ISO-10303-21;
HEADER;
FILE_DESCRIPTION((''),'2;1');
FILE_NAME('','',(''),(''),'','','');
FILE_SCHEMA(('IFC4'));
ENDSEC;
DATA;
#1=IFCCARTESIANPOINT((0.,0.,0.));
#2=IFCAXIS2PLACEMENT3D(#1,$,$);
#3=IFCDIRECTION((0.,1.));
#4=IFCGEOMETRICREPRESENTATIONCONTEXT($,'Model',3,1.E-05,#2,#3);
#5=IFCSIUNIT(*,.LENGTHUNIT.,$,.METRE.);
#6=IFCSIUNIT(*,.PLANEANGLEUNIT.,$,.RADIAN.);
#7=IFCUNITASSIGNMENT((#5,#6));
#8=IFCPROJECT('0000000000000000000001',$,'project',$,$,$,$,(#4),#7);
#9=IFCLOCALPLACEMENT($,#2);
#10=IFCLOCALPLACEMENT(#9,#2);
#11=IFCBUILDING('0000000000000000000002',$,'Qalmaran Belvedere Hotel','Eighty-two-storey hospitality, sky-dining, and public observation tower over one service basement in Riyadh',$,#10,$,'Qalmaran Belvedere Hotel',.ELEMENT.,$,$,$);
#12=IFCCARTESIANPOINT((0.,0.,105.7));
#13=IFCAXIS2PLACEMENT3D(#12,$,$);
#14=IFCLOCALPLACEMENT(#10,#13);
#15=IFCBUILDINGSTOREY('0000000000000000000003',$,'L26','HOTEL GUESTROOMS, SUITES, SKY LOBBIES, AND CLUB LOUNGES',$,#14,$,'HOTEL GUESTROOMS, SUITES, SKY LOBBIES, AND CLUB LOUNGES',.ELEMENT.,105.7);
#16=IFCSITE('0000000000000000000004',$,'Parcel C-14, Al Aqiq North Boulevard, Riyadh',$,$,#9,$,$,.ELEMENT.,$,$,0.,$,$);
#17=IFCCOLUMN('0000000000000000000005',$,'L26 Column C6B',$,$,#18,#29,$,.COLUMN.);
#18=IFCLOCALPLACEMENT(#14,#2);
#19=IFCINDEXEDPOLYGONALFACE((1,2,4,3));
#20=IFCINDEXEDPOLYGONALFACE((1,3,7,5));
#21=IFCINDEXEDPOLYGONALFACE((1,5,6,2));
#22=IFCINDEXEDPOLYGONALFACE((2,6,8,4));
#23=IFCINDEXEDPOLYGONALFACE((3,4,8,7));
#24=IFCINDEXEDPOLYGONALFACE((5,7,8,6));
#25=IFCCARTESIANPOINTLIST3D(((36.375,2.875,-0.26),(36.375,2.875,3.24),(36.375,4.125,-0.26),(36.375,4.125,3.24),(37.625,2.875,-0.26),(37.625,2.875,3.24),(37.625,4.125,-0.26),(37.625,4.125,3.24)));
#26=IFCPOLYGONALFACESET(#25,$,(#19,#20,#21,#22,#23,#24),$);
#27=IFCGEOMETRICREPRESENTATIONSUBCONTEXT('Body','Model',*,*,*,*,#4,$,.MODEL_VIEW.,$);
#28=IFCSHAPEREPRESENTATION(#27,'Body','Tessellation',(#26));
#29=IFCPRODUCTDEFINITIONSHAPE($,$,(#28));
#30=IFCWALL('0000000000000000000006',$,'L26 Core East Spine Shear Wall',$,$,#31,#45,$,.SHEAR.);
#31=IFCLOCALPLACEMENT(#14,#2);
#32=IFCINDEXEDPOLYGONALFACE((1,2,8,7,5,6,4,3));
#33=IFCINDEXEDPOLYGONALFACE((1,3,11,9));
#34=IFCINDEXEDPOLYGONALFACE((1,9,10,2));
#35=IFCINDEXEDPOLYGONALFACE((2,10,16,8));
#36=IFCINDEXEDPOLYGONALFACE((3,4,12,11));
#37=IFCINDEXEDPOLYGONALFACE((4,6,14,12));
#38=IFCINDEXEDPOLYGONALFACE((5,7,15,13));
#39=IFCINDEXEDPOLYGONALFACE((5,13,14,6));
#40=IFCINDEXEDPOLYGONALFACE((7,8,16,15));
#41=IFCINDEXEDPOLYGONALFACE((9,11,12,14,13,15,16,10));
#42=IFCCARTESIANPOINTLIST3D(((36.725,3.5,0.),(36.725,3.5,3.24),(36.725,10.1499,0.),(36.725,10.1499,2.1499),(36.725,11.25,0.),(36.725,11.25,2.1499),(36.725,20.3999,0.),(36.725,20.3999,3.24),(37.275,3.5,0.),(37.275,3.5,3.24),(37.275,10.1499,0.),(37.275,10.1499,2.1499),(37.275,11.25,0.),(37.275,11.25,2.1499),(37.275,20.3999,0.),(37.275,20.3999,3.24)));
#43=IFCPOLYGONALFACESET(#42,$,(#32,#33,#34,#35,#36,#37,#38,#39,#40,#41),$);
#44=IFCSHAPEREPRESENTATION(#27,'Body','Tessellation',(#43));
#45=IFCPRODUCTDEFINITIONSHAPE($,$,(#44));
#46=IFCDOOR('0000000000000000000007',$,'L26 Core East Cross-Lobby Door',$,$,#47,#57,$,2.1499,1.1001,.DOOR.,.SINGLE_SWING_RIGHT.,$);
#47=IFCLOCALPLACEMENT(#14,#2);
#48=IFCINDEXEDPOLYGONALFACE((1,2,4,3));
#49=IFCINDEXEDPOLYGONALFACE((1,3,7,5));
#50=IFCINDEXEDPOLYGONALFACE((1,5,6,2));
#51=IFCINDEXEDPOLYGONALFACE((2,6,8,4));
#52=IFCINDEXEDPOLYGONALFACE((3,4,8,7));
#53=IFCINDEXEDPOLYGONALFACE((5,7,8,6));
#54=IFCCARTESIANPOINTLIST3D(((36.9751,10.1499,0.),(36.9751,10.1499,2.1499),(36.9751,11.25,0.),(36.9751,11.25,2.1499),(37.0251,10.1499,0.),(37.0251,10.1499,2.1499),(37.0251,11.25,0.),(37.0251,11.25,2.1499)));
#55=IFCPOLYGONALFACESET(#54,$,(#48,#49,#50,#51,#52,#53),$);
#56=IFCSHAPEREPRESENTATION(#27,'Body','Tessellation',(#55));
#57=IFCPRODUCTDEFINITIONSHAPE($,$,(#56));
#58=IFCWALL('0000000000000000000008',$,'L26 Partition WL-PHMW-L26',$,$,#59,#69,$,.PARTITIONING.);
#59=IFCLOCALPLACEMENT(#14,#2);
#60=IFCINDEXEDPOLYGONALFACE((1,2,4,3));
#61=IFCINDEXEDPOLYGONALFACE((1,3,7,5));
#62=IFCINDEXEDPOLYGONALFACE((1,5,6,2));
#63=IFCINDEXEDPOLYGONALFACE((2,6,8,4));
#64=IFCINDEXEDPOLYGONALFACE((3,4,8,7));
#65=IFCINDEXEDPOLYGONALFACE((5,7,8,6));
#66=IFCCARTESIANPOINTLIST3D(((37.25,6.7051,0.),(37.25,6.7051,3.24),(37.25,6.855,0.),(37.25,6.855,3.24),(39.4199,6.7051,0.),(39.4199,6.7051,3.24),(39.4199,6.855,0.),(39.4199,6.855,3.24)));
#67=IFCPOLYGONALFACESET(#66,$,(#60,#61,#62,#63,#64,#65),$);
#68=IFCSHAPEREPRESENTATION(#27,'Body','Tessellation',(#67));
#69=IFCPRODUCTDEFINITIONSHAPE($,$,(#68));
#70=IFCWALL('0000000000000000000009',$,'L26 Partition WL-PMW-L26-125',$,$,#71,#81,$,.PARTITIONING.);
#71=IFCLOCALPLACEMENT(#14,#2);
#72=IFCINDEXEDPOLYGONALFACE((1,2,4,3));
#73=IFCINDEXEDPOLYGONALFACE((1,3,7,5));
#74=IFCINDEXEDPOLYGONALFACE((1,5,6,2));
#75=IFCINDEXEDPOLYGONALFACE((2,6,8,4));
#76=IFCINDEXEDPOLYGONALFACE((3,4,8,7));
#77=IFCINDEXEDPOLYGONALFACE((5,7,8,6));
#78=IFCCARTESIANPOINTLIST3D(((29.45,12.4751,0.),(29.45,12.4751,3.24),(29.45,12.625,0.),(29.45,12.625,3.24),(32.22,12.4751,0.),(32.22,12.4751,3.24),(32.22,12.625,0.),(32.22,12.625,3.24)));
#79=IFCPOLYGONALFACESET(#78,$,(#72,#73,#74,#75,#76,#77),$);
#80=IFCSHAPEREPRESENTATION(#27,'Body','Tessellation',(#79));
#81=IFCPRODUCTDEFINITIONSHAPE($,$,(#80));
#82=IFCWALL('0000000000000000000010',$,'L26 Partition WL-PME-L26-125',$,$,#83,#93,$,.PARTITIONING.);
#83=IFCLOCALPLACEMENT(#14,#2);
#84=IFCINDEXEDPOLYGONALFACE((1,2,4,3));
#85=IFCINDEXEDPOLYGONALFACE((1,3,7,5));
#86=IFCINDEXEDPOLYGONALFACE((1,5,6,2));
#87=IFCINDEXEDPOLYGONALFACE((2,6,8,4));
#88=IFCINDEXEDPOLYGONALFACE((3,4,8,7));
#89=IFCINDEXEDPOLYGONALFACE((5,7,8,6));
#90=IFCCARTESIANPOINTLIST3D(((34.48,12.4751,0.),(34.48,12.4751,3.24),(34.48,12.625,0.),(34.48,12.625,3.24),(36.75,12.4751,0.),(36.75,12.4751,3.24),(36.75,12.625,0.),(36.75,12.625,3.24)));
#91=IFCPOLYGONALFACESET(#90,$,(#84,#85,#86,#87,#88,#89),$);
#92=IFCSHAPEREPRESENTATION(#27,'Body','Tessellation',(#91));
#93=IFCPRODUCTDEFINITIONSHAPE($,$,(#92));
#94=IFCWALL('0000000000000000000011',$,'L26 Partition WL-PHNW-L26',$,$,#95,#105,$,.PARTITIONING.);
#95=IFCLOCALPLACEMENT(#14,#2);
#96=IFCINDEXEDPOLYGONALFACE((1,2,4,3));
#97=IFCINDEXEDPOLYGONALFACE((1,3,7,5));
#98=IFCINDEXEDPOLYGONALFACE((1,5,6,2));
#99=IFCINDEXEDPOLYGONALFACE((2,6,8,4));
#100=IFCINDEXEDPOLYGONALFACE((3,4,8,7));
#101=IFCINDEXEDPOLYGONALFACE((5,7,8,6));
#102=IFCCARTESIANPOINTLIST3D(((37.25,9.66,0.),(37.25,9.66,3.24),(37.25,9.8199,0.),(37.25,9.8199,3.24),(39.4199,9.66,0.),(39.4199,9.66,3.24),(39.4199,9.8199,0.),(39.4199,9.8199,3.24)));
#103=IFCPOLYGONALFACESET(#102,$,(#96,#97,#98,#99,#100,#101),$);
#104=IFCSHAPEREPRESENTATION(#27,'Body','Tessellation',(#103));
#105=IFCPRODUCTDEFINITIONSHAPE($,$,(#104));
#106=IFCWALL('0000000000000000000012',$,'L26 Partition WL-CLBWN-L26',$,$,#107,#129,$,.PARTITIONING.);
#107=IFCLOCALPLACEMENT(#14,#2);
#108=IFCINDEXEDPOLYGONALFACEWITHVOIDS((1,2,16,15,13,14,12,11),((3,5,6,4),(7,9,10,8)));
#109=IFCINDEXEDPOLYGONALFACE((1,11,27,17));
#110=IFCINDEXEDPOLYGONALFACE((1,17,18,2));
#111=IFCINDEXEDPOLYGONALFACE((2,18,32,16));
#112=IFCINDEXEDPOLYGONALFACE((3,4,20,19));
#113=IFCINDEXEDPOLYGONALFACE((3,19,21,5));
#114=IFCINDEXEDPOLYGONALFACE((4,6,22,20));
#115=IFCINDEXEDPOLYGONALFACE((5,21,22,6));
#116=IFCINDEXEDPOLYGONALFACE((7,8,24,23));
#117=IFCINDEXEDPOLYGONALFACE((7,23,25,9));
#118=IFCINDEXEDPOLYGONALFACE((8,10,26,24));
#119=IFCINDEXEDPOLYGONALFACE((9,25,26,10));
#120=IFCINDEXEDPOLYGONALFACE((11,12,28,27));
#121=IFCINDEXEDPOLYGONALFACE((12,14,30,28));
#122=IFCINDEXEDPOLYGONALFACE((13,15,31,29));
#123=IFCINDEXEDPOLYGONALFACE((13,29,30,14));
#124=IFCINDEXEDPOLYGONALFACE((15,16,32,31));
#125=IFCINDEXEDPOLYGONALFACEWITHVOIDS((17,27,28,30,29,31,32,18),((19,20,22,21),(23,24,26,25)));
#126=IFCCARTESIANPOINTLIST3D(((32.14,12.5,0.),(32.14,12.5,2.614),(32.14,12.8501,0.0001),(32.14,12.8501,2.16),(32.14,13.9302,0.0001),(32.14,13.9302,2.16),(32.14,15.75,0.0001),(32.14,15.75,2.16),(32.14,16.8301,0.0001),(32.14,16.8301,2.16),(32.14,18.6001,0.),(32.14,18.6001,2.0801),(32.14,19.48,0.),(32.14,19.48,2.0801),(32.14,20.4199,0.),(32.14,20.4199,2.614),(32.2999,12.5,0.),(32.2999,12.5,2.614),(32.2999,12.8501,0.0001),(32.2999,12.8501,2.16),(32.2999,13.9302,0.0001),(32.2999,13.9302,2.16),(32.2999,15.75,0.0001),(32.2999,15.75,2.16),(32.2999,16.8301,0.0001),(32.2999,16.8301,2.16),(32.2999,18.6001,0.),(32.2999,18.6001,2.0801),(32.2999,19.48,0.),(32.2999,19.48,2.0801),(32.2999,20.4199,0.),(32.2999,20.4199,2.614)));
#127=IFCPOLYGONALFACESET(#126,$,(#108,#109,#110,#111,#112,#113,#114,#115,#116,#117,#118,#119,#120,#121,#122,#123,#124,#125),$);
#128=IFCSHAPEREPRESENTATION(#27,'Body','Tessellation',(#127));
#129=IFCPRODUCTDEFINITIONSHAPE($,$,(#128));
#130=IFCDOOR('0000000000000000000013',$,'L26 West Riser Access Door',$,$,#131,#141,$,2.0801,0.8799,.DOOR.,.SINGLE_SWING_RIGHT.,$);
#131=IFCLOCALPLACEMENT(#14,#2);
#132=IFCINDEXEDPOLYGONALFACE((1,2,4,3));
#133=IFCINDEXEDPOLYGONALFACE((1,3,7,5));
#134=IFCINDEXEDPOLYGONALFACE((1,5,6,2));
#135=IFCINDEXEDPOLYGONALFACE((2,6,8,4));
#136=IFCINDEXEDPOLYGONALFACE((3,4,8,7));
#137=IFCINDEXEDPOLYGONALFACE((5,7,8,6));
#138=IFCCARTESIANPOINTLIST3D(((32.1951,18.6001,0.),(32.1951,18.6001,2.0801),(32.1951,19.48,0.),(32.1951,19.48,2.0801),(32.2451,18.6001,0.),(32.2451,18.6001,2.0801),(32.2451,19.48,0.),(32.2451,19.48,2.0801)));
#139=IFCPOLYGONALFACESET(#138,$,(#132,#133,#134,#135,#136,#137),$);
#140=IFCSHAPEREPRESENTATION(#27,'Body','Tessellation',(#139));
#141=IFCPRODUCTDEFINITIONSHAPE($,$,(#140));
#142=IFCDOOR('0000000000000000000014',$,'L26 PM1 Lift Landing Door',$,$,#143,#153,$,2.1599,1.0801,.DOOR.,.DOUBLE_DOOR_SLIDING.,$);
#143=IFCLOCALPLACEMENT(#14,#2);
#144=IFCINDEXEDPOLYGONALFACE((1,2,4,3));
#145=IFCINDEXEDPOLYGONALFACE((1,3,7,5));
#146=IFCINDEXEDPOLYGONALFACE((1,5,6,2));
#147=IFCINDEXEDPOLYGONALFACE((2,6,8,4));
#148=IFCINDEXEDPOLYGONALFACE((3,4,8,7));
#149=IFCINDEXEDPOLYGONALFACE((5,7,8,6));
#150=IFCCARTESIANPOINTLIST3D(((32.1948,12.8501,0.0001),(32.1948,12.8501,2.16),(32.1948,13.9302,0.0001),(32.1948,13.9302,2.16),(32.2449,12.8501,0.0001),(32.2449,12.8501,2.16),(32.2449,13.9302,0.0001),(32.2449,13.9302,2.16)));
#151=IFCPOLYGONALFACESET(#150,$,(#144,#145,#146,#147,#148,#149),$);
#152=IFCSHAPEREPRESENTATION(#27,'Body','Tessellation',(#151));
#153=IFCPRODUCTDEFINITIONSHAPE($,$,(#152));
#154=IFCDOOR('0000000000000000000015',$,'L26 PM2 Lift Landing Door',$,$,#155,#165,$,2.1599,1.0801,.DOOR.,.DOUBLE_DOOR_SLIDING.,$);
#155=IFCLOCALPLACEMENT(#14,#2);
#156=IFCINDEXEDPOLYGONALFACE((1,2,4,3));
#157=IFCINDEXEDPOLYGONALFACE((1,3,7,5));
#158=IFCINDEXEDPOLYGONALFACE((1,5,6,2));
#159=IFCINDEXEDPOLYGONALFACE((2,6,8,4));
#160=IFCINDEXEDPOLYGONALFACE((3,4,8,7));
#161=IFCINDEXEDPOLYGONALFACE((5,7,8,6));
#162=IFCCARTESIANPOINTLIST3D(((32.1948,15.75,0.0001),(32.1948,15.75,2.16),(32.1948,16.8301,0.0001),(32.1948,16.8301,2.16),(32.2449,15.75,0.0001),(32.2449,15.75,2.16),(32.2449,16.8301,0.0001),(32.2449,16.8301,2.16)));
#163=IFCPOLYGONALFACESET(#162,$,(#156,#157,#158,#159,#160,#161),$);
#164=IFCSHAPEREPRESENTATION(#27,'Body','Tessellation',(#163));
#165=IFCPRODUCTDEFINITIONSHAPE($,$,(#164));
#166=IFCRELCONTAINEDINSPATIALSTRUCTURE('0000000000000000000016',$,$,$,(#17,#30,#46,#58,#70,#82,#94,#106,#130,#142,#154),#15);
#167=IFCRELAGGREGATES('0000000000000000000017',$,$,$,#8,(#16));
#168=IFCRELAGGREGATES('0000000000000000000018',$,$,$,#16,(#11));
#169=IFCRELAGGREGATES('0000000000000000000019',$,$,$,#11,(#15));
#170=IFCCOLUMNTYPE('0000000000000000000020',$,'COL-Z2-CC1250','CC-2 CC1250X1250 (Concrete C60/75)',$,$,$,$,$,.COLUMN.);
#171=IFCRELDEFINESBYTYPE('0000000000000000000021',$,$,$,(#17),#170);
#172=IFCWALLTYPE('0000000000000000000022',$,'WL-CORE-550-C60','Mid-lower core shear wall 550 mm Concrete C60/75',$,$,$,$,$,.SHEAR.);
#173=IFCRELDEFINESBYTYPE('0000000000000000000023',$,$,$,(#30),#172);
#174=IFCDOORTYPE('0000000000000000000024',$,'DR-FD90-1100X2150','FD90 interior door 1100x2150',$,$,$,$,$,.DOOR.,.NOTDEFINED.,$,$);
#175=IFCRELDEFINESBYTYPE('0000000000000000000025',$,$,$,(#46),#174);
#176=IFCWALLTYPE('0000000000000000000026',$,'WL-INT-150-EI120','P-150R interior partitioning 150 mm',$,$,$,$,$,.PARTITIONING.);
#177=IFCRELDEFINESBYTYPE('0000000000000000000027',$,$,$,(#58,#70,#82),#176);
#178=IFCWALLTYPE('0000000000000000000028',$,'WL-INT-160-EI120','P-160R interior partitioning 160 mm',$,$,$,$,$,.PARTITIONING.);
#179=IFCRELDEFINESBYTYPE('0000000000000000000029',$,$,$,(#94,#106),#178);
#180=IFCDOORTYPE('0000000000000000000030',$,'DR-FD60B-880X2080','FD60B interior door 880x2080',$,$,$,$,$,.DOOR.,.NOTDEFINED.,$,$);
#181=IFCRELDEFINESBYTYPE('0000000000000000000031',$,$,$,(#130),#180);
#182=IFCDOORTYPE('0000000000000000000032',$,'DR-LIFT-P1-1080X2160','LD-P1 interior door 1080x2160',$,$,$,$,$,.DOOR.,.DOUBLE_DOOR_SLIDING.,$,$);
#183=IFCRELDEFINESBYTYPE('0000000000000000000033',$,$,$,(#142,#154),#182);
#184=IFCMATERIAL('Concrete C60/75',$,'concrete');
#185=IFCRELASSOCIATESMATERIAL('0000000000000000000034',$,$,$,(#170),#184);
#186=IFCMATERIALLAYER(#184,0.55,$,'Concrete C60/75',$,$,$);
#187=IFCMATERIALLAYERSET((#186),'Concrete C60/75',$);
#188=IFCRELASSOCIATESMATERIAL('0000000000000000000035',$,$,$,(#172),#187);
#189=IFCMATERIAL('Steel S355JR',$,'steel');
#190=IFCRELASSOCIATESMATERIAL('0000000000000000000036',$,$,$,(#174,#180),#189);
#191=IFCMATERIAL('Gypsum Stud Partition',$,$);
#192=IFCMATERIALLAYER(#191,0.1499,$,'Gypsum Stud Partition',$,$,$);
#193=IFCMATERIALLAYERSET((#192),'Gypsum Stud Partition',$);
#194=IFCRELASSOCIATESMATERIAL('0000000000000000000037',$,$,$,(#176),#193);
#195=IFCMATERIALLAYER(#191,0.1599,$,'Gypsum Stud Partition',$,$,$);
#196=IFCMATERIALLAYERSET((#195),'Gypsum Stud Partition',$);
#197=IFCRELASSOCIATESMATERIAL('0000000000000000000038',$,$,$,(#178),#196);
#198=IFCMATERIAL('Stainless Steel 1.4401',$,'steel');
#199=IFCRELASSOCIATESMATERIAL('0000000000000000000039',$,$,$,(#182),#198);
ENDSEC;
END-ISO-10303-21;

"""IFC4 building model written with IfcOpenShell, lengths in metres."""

from ifc_helpers import new_model, si_unit, direction, frame, frame_2d, origin, origin_2d, place, context, subcontext, project, spatial, rectangle, extrude, material, layer, layer_set, material_profile, profile_set, type_object, element, fill, save


model = new_model("IFC4")

# Units and contexts
model_context = context("Model", 3, precision=1e-05, world=origin(), true_north=direction((0.0, 1.0)))
body_context = subcontext(model_context, "Body", "Model", "MODEL_VIEW")
ifc_project = project(units=[si_unit("LENGTHUNIT", "METRE"), si_unit("PLANEANGLEUNIT", "RADIAN")], contexts=[model_context])

# Site, building, storey
site_placement = place(None, origin())
site = spatial("IfcSite", under=ifc_project, at=site_placement, Name="Parcel C-14, Al Aqiq North Boulevard, Riyadh", CompositionType="ELEMENT", RefElevation=0.0)
building_placement = place(site_placement, origin())
building = spatial("IfcBuilding", under=site, at=building_placement, Name="Qalmaran Belvedere Hotel", Description="Eighty-two-storey hospitality, sky-dining, and public observation tower over one service basement in Riyadh", LongName="Qalmaran Belvedere Hotel", CompositionType="ELEMENT")
storey_placement = place(building_placement, frame((0.0, 0.0, 105.7)))
storey = spatial("IfcBuildingStorey", under=building, at=storey_placement, Name="L26", Description="HOTEL GUESTROOMS, SUITES, SKY LOBBIES, AND CLUB LOUNGES", LongName="HOTEL GUESTROOMS, SUITES, SKY LOBBIES, AND CLUB LOUNGES", CompositionType="ELEMENT", Elevation=105.7)

# Column
ifc_material_1 = material(Name="Concrete C60/75", Category="concrete")
ifc_material_profile = material_profile(ifc_material_1, rectangle(XDim=1.25, YDim=1.25, at=origin_2d()), Name="CC1250X1250")
ifc_profile_set = profile_set([ifc_material_profile], Name="Concrete C60/75")
column_type = type_object("IfcColumnType", Name="COL-Z2-CC1250", Description="CC-2 CC1250X1250 (Concrete C60/75)", PredefinedType="COLUMN", material=ifc_profile_set)
column_placement = place(storey_placement, frame((37.0, 3.5, -0.26), z_axis=(0.0, 0.0, 1.0), x_axis=(1.0, 0.0, 0.0)))
element("IfcColumn", 1, at=column_placement, inside=storey, type_object=column_type, Name="L26 Column C6B", PredefinedType="COLUMN", context=body_context, shape_type="SweptSolid", body=[
    extrude(rectangle(XDim=1.25, YDim=1.25, at=origin_2d()), origin(), (0.0, 0.0, 1.0), 3.5),
])

# Wall, opening, door
ifc_layer_1 = layer(ifc_material_1, 0.55, Name="Concrete C60/75")
ifc_layer_set_1 = layer_set([ifc_layer_1], Name="Concrete C60/75")
wall_type_1 = type_object("IfcWallType", Name="WL-CORE-550-C60", Description="Mid-lower core shear wall 550 mm Concrete C60/75", PredefinedType="SHEAR", material=ifc_layer_set_1)
wall_1_placement = place(storey_placement, frame((37.0, 3.5, 0.0), z_axis=(0.0, 0.0, 1.0), x_axis=(0.0, 1.0, 0.0)))
wall_1 = element("IfcWall", 2, at=wall_1_placement, inside=storey, type_object=wall_type_1, Name="L26 Core East Spine Shear Wall", PredefinedType="SHEAR", context=body_context, shape_type="SweptSolid", body=[
    extrude(rectangle(XDim=16.8999, YDim=0.55, at=frame_2d((8.45, 0.0))), origin(), (0.0, 0.0, 1.0), 3.24),
])
opening_1_placement = place(wall_1_placement, frame((6.6499, 0.0, 0.0)))
opening_1 = element("IfcOpeningElement", 3, at=opening_1_placement, cuts=wall_1, PredefinedType="OPENING", context=body_context, shape_type="SweptSolid", body=[
    extrude(rectangle(XDim=1.1001, YDim=2.1499, at=frame_2d((0.55, 1.075))), frame((0.0, 0.2852, 0.0), z_axis=(0.0, -1.0, 0.0), x_axis=(1.0, 0.0, 0.0)), (0.0, 0.0, 1.0), 0.5701),
])
ifc_material_2 = material(Name="Steel S355JR", Category="steel")
door_type_1 = type_object("IfcDoorType", Name="DR-FD90-1100X2150", Description="FD90 interior door 1100x2150", OperationType="NOTDEFINED", PredefinedType="DOOR", material=ifc_material_2)
door_1_placement = place(opening_1_placement, origin())
door_1 = element("IfcDoor", 4, at=door_1_placement, inside=storey, type_object=door_type_1, Name="L26 Core East Cross-Lobby Door", OperationType="SINGLE_SWING_RIGHT", OverallHeight=2.1499, OverallWidth=1.1001, PredefinedType="DOOR", context=body_context, shape_type="SweptSolid", body=[
    extrude(rectangle(XDim=1.1001, YDim=2.1499, at=frame_2d((0.55, 1.075))), frame((0.0, 0.0249, 0.0), z_axis=(0.0, -1.0, 0.0), x_axis=(1.0, 0.0, 0.0)), (0.0, 0.0, 1.0), 0.05),
])
fill(opening_1, door_1)

# Walls
ifc_material_3 = material(Name="Gypsum Stud Partition")
ifc_layer_2 = layer(ifc_material_3, 0.1499, Name="Gypsum Stud Partition")
ifc_layer_set_2 = layer_set([ifc_layer_2], Name="Gypsum Stud Partition")
wall_type_2 = type_object("IfcWallType", Name="WL-INT-150-EI120", Description="P-150R interior partitioning 150 mm", PredefinedType="PARTITIONING", material=ifc_layer_set_2)
wall_2_placement = place(storey_placement, frame((37.25, 6.78, 0.0), z_axis=(0.0, 0.0, 1.0), x_axis=(1.0, 0.0, 0.0)))
element("IfcWall", 5, at=wall_2_placement, inside=storey, type_object=wall_type_2, Name="L26 Partition WL-PHMW-L26", PredefinedType="PARTITIONING", context=body_context, shape_type="SweptSolid", body=[
    extrude(rectangle(XDim=2.1699, YDim=0.1499, at=frame_2d((1.085, 0.0))), origin(), (0.0, 0.0, 1.0), 3.24),
])
wall_3_placement = place(storey_placement, frame((29.45, 12.55, 0.0), z_axis=(0.0, 0.0, 1.0), x_axis=(1.0, 0.0, 0.0)))
element("IfcWall", 6, at=wall_3_placement, inside=storey, type_object=wall_type_2, Name="L26 Partition WL-PMW-L26-125", PredefinedType="PARTITIONING", context=body_context, shape_type="SweptSolid", body=[
    extrude(rectangle(XDim=2.77, YDim=0.1499, at=frame_2d((1.385, 0.0))), origin(), (0.0, 0.0, 1.0), 3.24),
])
wall_4_placement = place(storey_placement, frame((34.48, 12.55, 0.0), z_axis=(0.0, 0.0, 1.0), x_axis=(1.0, 0.0, 0.0)))
element("IfcWall", 7, at=wall_4_placement, inside=storey, type_object=wall_type_2, Name="L26 Partition WL-PME-L26-125", PredefinedType="PARTITIONING", context=body_context, shape_type="SweptSolid", body=[
    extrude(rectangle(XDim=2.27, YDim=0.1499, at=frame_2d((1.135, 0.0))), origin(), (0.0, 0.0, 1.0), 3.24),
])
ifc_layer_3 = layer(ifc_material_3, 0.1599, Name="Gypsum Stud Partition")
ifc_layer_set_3 = layer_set([ifc_layer_3], Name="Gypsum Stud Partition")
wall_type_3 = type_object("IfcWallType", Name="WL-INT-160-EI120", Description="P-160R interior partitioning 160 mm", PredefinedType="PARTITIONING", material=ifc_layer_set_3)
wall_5_placement = place(storey_placement, frame((37.25, 9.74, 0.0), z_axis=(0.0, 0.0, 1.0), x_axis=(1.0, 0.0, 0.0)))
element("IfcWall", 8, at=wall_5_placement, inside=storey, type_object=wall_type_3, Name="L26 Partition WL-PHNW-L26", PredefinedType="PARTITIONING", context=body_context, shape_type="SweptSolid", body=[
    extrude(rectangle(XDim=2.1699, YDim=0.1599, at=frame_2d((1.085, 0.0))), origin(), (0.0, 0.0, 1.0), 3.24),
])

# Wall, openings, doors
wall_6_placement = place(storey_placement, frame((32.22, 12.5, 0.0), z_axis=(0.0, 0.0, 1.0), x_axis=(0.0, 1.0, 0.0)))
wall_6 = element("IfcWall", 9, at=wall_6_placement, inside=storey, type_object=wall_type_3, Name="L26 Partition WL-CLBWN-L26", PredefinedType="PARTITIONING", context=body_context, shape_type="SweptSolid", body=[
    extrude(rectangle(XDim=7.9199, YDim=0.1599, at=frame_2d((3.96, 0.0))), origin(), (0.0, 0.0, 1.0), 2.614),
])
opening_2_placement = place(wall_6_placement, frame((1.4302, 0.0, 0.0), z_axis=(0.0, 0.0, 1.0), x_axis=(-1.0, 0.0, 0.0)))
opening_2 = element("IfcOpeningElement", 10, at=opening_2_placement, cuts=wall_6, PredefinedType="OPENING", context=body_context, shape_type="SweptSolid", body=[
    extrude(rectangle(XDim=1.0801, YDim=2.1599, at=frame_2d((0.54, 1.0801))), frame((0.0, 0.0898, 0.0), z_axis=(0.0, -1.0, 0.0), x_axis=(1.0, 0.0, 0.0)), (0.0, 0.0, 1.0), 0.1799),
])
opening_3_placement = place(wall_6_placement, frame((4.3301, 0.0, 0.0), z_axis=(0.0, 0.0, 1.0), x_axis=(-1.0, 0.0, 0.0)))
opening_3 = element("IfcOpeningElement", 11, at=opening_3_placement, cuts=wall_6, PredefinedType="OPENING", context=body_context, shape_type="SweptSolid", body=[
    extrude(rectangle(XDim=1.0801, YDim=2.1599, at=frame_2d((0.54, 1.0801))), frame((0.0, 0.0898, 0.0), z_axis=(0.0, -1.0, 0.0), x_axis=(1.0, 0.0, 0.0)), (0.0, 0.0, 1.0), 0.1799),
])
opening_4_placement = place(wall_6_placement, frame((6.1001, 0.0, 0.0)))
opening_4 = element("IfcOpeningElement", 12, at=opening_4_placement, cuts=wall_6, PredefinedType="OPENING", context=body_context, shape_type="SweptSolid", body=[
    extrude(rectangle(XDim=0.8799, YDim=2.0801, at=frame_2d((0.4399, 1.04))), frame((0.0, 0.0898, 0.0), z_axis=(0.0, -1.0, 0.0), x_axis=(1.0, 0.0, 0.0)), (0.0, 0.0, 1.0), 0.1799),
])
door_type_2 = type_object("IfcDoorType", Name="DR-FD60B-880X2080", Description="FD60B interior door 880x2080", OperationType="NOTDEFINED", PredefinedType="DOOR", material=ifc_material_2)
door_2_placement = place(opening_4_placement, origin())
door_2 = element("IfcDoor", 13, at=door_2_placement, inside=storey, type_object=door_type_2, Name="L26 West Riser Access Door", OperationType="SINGLE_SWING_RIGHT", OverallHeight=2.0801, OverallWidth=0.8799, PredefinedType="DOOR", context=body_context, shape_type="SweptSolid", body=[
    extrude(rectangle(XDim=0.8799, YDim=2.0801, at=frame_2d((0.4399, 1.04))), frame((0.0, 0.0249, 0.0), z_axis=(0.0, -1.0, 0.0), x_axis=(1.0, 0.0, 0.0)), (0.0, 0.0, 1.0), 0.05),
])
fill(opening_4, door_2)
ifc_material_4 = material(Name="Stainless Steel 1.4401", Category="steel")
door_type_3 = type_object("IfcDoorType", Name="DR-LIFT-P1-1080X2160", Description="LD-P1 interior door 1080x2160", OperationType="DOUBLE_DOOR_SLIDING", PredefinedType="DOOR", material=ifc_material_4)
door_3_placement = place(opening_2_placement, origin())
door_3 = element("IfcDoor", 14, at=door_3_placement, inside=storey, type_object=door_type_3, Name="L26 PM1 Lift Landing Door", OperationType="DOUBLE_DOOR_SLIDING", OverallHeight=2.1599, OverallWidth=1.0801, PredefinedType="DOOR", context=body_context, shape_type="SweptSolid", body=[
    extrude(rectangle(XDim=1.0801, YDim=2.1599, at=frame_2d((0.54, 1.0801))), frame((0.0, 0.0249, 0.0), z_axis=(0.0, -1.0, 0.0), x_axis=(1.0, 0.0, 0.0)), (0.0, 0.0, 1.0), 0.05),
])
fill(opening_2, door_3)
door_4_placement = place(opening_3_placement, origin())
door_4 = element("IfcDoor", 15, at=door_4_placement, inside=storey, type_object=door_type_3, Name="L26 PM2 Lift Landing Door", OperationType="DOUBLE_DOOR_SLIDING", OverallHeight=2.1599, OverallWidth=1.0801, PredefinedType="DOOR", context=body_context, shape_type="SweptSolid", body=[
    extrude(rectangle(XDim=1.0801, YDim=2.1599, at=frame_2d((0.54, 1.0801))), frame((0.0, 0.0249, 0.0), z_axis=(0.0, -1.0, 0.0), x_axis=(1.0, 0.0, 0.0)), (0.0, 0.0, 1.0), 0.05),
])
fill(opening_3, door_4)

save(model, "model.ifc")
